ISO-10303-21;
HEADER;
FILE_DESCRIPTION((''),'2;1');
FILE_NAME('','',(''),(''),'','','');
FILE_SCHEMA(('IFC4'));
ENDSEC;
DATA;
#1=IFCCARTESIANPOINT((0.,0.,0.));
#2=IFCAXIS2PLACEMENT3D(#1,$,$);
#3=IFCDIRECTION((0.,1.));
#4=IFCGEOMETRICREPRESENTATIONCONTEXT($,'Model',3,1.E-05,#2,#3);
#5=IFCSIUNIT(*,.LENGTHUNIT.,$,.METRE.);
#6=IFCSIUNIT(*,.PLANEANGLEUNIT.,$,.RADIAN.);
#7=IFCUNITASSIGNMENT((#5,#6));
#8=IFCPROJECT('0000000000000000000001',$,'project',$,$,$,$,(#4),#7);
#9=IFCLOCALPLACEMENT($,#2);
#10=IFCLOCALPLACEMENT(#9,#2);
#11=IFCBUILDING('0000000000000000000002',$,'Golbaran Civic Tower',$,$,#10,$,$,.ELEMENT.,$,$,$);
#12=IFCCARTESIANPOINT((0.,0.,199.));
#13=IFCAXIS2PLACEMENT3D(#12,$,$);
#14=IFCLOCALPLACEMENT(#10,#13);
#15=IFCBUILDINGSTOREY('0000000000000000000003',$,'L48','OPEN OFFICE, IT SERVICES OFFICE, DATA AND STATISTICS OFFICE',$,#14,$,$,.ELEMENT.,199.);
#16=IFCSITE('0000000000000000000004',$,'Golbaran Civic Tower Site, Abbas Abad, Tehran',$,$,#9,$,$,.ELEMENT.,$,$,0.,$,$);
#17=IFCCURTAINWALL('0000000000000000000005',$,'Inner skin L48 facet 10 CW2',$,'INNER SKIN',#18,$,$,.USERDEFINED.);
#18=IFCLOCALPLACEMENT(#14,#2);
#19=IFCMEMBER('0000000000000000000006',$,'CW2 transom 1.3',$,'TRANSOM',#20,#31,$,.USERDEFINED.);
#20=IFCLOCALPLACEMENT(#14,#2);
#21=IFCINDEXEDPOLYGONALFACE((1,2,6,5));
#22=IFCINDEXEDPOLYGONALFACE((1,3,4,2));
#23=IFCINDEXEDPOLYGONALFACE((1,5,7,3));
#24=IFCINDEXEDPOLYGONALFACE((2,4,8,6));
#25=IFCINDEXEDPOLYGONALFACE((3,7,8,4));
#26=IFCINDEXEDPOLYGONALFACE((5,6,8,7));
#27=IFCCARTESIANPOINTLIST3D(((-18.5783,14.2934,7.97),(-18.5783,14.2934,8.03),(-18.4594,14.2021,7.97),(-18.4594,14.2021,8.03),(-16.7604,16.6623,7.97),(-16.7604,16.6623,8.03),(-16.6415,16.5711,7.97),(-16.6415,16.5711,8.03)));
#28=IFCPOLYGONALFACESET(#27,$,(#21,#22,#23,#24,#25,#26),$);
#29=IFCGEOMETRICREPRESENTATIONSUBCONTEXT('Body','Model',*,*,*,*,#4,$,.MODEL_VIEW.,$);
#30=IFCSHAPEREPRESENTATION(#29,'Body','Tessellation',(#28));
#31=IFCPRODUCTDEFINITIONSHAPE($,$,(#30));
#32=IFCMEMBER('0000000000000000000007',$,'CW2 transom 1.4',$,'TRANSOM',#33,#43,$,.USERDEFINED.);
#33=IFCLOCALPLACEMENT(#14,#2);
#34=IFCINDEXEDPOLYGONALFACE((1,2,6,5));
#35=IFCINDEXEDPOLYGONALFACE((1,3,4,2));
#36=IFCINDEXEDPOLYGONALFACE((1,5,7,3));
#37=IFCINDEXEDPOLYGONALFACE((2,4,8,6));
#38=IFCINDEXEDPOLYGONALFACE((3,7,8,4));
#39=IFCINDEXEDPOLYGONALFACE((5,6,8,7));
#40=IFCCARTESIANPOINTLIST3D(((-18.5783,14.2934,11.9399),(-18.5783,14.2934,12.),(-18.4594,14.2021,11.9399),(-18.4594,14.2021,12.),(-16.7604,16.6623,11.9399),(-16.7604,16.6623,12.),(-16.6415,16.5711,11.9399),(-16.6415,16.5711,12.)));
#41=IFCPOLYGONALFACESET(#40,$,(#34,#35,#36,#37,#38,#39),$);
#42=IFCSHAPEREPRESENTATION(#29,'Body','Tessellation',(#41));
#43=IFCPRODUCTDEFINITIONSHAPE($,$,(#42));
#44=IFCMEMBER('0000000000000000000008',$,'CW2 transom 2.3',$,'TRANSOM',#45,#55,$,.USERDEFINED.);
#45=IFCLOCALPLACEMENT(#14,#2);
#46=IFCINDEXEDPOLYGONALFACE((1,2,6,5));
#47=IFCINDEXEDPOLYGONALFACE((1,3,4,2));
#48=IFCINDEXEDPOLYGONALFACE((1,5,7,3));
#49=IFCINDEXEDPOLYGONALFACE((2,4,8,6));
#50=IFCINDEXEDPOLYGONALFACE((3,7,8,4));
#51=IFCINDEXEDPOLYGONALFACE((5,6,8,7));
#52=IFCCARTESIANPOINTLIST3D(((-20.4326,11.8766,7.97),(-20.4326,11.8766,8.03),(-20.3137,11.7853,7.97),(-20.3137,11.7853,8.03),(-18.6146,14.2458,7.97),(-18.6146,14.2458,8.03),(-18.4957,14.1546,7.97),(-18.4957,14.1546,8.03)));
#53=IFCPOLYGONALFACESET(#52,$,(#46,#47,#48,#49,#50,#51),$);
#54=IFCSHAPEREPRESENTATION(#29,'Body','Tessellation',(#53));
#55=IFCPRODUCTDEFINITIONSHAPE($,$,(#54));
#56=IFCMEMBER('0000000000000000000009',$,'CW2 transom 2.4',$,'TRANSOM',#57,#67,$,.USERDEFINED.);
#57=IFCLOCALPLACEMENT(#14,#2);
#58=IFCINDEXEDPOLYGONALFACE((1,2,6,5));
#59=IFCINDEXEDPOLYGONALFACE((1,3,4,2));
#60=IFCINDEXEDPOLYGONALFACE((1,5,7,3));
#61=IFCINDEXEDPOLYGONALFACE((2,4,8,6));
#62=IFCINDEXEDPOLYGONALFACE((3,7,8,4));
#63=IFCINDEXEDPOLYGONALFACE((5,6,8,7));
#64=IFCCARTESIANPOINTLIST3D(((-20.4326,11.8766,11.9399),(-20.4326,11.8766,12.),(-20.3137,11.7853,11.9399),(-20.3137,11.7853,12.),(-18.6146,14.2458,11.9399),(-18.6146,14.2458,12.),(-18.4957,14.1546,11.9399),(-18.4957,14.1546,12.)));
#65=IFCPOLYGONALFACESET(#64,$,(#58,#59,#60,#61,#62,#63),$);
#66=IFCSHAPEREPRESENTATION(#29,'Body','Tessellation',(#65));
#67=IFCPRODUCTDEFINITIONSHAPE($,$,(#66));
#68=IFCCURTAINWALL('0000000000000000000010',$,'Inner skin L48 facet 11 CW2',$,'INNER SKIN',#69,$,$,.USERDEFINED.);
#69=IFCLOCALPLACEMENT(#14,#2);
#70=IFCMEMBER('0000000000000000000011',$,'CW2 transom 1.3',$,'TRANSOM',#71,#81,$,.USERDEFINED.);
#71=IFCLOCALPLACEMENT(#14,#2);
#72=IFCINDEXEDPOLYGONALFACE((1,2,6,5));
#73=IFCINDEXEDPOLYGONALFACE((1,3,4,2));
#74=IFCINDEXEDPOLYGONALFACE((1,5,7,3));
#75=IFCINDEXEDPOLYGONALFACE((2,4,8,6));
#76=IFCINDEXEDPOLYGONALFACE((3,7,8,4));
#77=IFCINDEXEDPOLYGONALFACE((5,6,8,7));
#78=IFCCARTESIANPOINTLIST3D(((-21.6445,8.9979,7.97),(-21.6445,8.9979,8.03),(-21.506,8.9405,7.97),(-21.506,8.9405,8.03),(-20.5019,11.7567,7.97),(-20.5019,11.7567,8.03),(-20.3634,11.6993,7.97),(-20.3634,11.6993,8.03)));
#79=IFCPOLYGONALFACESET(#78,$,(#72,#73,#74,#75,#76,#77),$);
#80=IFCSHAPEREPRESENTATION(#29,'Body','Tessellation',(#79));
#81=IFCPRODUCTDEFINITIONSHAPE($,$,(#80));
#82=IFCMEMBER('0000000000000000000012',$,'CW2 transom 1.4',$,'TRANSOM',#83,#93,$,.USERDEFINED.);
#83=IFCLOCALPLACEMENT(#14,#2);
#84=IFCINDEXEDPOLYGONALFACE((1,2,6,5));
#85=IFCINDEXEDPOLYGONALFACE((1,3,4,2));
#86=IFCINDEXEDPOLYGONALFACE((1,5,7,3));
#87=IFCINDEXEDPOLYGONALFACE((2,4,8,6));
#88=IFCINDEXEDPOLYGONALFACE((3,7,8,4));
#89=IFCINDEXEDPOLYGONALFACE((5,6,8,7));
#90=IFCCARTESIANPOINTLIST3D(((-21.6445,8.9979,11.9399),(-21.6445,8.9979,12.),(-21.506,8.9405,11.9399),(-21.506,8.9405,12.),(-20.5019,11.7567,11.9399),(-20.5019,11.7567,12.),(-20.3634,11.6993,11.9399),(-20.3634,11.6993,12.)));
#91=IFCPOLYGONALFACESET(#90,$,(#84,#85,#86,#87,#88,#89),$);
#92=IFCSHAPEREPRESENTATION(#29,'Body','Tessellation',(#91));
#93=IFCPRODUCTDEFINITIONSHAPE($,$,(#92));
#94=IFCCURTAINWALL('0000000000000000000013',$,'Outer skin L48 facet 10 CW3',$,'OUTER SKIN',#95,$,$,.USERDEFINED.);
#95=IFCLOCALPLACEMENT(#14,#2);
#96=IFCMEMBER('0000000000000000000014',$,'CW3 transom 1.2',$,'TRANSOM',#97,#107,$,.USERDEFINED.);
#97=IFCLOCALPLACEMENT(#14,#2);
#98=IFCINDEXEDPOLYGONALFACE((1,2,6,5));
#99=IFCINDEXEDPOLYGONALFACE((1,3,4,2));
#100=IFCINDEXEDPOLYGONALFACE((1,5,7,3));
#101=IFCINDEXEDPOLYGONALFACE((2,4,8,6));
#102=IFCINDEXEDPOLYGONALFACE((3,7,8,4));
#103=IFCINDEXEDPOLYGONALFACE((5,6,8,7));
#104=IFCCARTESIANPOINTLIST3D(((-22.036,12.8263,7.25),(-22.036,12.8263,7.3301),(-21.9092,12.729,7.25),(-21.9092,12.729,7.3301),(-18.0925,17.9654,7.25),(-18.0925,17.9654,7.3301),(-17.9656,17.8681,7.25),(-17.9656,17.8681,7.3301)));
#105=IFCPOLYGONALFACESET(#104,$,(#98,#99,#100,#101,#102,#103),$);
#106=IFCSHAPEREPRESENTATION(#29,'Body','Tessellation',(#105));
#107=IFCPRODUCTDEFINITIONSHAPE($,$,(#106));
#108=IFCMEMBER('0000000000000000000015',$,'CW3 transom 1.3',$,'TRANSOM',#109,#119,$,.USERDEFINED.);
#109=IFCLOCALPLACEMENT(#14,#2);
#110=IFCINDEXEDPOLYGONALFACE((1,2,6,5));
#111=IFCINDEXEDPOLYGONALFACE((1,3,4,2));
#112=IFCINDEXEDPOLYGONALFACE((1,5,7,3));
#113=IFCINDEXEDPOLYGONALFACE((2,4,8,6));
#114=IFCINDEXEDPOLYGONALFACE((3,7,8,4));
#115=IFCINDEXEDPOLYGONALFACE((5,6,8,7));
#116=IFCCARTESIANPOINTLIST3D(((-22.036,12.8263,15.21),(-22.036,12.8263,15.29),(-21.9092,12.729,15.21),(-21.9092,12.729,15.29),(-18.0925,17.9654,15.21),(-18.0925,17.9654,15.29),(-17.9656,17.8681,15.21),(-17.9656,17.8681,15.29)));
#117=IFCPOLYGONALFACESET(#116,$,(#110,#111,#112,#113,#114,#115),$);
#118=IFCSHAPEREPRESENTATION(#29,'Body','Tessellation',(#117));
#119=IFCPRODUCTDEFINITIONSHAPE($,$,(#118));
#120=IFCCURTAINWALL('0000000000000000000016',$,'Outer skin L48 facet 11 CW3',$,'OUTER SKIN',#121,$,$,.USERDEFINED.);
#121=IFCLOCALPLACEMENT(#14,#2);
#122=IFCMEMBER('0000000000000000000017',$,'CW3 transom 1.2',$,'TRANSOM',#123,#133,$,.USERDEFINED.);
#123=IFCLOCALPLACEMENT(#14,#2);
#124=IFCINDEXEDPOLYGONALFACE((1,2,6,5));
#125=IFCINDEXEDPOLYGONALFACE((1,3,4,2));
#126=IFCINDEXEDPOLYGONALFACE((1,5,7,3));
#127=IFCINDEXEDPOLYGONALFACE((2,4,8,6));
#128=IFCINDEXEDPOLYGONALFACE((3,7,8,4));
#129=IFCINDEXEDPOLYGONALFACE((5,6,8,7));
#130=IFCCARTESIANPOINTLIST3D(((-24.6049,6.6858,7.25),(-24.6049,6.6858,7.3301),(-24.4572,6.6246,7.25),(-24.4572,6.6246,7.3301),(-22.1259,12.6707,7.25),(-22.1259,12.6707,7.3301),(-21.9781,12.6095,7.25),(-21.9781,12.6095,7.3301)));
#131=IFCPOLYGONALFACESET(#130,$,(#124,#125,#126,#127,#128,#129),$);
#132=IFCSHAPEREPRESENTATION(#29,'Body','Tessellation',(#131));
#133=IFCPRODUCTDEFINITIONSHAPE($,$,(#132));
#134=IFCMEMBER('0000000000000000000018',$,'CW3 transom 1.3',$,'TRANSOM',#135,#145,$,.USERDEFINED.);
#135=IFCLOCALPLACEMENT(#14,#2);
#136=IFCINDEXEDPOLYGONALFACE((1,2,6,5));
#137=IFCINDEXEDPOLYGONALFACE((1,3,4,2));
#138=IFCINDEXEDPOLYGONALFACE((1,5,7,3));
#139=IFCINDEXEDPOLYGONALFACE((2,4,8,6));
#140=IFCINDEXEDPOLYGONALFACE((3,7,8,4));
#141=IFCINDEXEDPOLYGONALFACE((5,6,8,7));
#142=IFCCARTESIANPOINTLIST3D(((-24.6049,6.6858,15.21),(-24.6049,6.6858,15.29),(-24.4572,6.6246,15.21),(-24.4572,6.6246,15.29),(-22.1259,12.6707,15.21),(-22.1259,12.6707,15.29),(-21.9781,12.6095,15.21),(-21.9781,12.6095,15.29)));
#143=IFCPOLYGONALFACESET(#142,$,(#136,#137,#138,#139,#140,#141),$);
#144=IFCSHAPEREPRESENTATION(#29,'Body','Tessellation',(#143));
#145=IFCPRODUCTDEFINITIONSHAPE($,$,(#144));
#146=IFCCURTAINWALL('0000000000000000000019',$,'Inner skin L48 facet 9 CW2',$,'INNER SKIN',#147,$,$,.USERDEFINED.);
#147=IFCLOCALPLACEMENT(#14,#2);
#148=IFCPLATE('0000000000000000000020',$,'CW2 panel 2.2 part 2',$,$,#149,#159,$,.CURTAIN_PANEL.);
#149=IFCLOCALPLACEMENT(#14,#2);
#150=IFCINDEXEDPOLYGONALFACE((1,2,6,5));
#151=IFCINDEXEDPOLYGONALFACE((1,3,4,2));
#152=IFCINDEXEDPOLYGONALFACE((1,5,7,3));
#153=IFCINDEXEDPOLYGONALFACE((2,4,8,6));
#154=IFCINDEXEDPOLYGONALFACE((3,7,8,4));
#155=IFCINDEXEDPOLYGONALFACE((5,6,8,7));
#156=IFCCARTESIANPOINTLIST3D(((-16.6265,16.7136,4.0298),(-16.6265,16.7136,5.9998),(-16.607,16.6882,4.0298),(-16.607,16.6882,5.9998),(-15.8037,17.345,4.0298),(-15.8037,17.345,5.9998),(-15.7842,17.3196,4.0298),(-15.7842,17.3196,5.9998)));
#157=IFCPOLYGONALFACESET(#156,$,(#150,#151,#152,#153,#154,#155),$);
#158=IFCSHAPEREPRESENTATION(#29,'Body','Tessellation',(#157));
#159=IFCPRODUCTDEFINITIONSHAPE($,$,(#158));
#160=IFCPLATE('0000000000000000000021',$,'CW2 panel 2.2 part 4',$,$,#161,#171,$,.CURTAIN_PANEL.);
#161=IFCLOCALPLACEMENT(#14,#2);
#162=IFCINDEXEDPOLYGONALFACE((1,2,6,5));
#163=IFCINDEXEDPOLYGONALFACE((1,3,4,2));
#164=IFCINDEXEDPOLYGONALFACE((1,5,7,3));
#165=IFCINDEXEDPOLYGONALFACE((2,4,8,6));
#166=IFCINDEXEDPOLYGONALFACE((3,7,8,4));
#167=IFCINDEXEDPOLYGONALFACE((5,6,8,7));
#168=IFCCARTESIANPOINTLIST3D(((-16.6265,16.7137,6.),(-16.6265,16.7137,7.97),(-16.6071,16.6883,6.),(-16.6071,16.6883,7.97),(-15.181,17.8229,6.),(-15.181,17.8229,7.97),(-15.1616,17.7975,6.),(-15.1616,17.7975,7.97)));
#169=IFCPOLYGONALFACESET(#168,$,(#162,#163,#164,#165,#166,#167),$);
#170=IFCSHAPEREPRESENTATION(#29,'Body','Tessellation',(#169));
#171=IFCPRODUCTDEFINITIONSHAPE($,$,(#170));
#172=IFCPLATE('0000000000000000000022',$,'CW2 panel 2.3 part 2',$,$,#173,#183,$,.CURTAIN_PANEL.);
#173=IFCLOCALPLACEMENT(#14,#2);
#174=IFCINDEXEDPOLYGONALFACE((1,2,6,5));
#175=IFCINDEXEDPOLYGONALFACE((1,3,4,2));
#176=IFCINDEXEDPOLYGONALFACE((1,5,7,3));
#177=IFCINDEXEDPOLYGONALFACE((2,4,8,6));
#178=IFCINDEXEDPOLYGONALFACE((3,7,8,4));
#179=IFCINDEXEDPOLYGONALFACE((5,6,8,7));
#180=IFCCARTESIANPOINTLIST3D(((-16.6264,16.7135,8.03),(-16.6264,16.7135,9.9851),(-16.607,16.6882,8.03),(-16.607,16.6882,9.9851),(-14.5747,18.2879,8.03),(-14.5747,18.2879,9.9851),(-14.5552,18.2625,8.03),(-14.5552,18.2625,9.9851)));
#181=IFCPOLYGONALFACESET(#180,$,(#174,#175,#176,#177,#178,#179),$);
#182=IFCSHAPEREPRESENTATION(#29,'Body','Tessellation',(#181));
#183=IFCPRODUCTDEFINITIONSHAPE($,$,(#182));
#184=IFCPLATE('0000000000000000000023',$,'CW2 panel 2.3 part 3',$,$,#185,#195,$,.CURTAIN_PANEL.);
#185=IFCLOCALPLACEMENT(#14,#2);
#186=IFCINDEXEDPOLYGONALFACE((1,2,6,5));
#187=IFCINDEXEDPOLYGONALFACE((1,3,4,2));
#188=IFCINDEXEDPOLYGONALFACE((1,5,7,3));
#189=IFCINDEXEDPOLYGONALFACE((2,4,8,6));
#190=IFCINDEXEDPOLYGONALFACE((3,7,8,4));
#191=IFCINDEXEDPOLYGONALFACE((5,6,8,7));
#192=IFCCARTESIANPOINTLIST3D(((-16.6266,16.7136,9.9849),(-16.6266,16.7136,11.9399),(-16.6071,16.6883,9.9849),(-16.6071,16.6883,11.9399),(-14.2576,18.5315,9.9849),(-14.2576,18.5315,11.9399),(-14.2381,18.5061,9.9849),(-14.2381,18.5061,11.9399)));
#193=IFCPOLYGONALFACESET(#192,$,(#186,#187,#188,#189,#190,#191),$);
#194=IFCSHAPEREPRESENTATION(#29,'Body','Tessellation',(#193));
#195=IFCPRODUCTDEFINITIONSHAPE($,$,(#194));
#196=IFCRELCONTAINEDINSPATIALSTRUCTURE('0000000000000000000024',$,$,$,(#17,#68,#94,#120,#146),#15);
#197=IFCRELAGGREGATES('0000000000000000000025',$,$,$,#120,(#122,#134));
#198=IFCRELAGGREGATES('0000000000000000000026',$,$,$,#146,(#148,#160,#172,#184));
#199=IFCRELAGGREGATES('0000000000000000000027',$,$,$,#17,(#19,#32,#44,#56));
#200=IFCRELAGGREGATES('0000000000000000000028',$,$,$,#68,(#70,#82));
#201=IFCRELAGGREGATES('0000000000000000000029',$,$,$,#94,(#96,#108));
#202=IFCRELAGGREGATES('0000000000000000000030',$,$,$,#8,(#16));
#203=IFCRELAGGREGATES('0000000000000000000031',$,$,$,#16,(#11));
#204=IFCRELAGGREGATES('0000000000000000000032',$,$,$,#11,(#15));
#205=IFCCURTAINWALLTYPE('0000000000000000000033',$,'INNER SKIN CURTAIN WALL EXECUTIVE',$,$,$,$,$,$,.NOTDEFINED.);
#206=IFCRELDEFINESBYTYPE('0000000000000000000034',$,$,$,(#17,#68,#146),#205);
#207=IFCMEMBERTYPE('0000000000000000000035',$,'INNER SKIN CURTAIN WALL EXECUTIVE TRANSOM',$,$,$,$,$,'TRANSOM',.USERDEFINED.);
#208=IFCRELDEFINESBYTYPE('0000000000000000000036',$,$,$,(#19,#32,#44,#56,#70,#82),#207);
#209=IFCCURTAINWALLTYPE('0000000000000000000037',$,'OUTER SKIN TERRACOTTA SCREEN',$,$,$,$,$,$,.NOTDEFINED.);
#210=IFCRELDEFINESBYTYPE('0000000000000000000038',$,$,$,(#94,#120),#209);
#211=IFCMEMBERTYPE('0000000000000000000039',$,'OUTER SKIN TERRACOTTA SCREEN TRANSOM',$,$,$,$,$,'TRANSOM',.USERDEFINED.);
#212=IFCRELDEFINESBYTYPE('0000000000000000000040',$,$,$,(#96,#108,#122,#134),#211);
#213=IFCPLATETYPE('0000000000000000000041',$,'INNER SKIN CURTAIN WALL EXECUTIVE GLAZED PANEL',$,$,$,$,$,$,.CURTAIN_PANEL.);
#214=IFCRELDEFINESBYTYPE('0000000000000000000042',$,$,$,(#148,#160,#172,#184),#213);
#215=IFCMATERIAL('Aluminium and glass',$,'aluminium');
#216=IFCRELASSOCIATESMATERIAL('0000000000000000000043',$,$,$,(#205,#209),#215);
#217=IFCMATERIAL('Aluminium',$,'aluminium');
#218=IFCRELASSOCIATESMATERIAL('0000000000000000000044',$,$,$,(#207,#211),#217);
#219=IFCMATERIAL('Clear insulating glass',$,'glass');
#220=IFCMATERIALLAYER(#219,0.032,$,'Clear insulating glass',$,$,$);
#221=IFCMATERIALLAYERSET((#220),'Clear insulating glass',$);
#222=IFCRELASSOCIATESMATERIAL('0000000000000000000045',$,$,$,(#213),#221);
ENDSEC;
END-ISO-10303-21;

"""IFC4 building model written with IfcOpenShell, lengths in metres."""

from ifc_helpers import new_model, si_unit, direction, frame, origin, origin_2d, place, context, subcontext, project, spatial, rectangle, extrude, material, layer, layer_set, material_profile, profile_set, type_object, element, aggregate, save


model = new_model("IFC4")

# Units and contexts
model_context = context("Model", 3, precision=1e-05, world=origin(), true_north=direction((0.0, 1.0)))
body_context = subcontext(model_context, "Body", "Model", "MODEL_VIEW")
ifc_project = project(units=[si_unit("LENGTHUNIT", "METRE"), si_unit("PLANEANGLEUNIT", "RADIAN")], contexts=[model_context])

# Site, building, storey
site_placement = place(None, origin())
site = spatial("IfcSite", under=ifc_project, at=site_placement, Name="Golbaran Civic Tower Site, Abbas Abad, Tehran", CompositionType="ELEMENT", RefElevation=0.0)
building_placement = place(site_placement, origin())
building = spatial("IfcBuilding", under=site, at=building_placement, Name="Golbaran Civic Tower", CompositionType="ELEMENT")
storey_placement = place(building_placement, frame((0.0, 0.0, 199.0)))
storey = spatial("IfcBuildingStorey", under=building, at=storey_placement, Name="L48", Description="OPEN OFFICE, IT SERVICES OFFICE, DATA AND STATISTICS OFFICE", CompositionType="ELEMENT", Elevation=199.0)

# Curtain walls, members
ifc_material_1 = material(Name="Aluminium and glass", Category="aluminium")
curtain_wall_type_1 = type_object("IfcCurtainWallType", Name="INNER SKIN CURTAIN WALL EXECUTIVE", PredefinedType="NOTDEFINED", material=ifc_material_1)
curtain_wall_1_placement = place(storey_placement, origin())
curtain_wall_1 = element("IfcCurtainWall", 1, at=curtain_wall_1_placement, inside=storey, type_object=curtain_wall_type_1, Name="Inner skin L48 facet 10 CW2", ObjectType="INNER SKIN", PredefinedType="USERDEFINED")
ifc_material_2 = material(Name="Aluminium", Category="aluminium")
ifc_material_profile_1 = material_profile(ifc_material_2, rectangle(XDim=0.1499, YDim=0.0601, at=origin_2d()), Name="INNER SKIN CURTAIN WALL EXECUTIVE TRANSOM")
ifc_profile_set_1 = profile_set([ifc_material_profile_1], Name="Aluminium")
member_type_1 = type_object("IfcMemberType", Name="INNER SKIN CURTAIN WALL EXECUTIVE TRANSOM", ElementType="TRANSOM", PredefinedType="USERDEFINED", material=ifc_profile_set_1)
member_1_placement = place(storey_placement, frame((-16.7009, 16.6167, 8.0), z_axis=(-0.608794, -0.793329, 0.0), x_axis=(0.793329, -0.608794, 0.0)))
member_1 = element("IfcMember", 2, at=member_1_placement, type_object=member_type_1, Name="CW2 transom 1.3", ObjectType="TRANSOM", PredefinedType="USERDEFINED", context=body_context, shape_type="SweptSolid", body=[
    extrude(rectangle(XDim=0.1499, YDim=0.0601, at=origin_2d()), origin(), (0.0, 0.0, 1.0), 2.9861),
])
member_2_placement = place(storey_placement, frame((-16.7009, 16.6167, 11.97), z_axis=(-0.608794, -0.793329, 0.0), x_axis=(0.793329, -0.608794, 0.0)))
member_2 = element("IfcMember", 3, at=member_2_placement, type_object=member_type_1, Name="CW2 transom 1.4", ObjectType="TRANSOM", PredefinedType="USERDEFINED", context=body_context, shape_type="SweptSolid", body=[
    extrude(rectangle(XDim=0.1499, YDim=0.0601, at=origin_2d()), origin(), (0.0, 0.0, 1.0), 2.9861),
])
member_3_placement = place(storey_placement, frame((-18.5552, 14.2002, 8.0), z_axis=(-0.608754, -0.793359, 0.0), x_axis=(0.793359, -0.608754, 0.0)))
member_3 = element("IfcMember", 4, at=member_3_placement, type_object=member_type_1, Name="CW2 transom 2.3", ObjectType="TRANSOM", PredefinedType="USERDEFINED", context=body_context, shape_type="SweptSolid", body=[
    extrude(rectangle(XDim=0.1499, YDim=0.0601, at=origin_2d()), origin(), (0.0, 0.0, 1.0), 2.9863),
])
member_4_placement = place(storey_placement, frame((-18.5552, 14.2002, 11.97), z_axis=(-0.608754, -0.793359, 0.0), x_axis=(0.793359, -0.608754, 0.0)))
member_4 = element("IfcMember", 5, at=member_4_placement, type_object=member_type_1, Name="CW2 transom 2.4", ObjectType="TRANSOM", PredefinedType="USERDEFINED", context=body_context, shape_type="SweptSolid", body=[
    extrude(rectangle(XDim=0.1499, YDim=0.0601, at=origin_2d()), origin(), (0.0, 0.0, 1.0), 2.9863),
])
curtain_wall_2_placement = place(storey_placement, origin())
curtain_wall_2 = element("IfcCurtainWall", 6, at=curtain_wall_2_placement, inside=storey, type_object=curtain_wall_type_1, Name="Inner skin L48 facet 11 CW2", ObjectType="INNER SKIN", PredefinedType="USERDEFINED")
member_5_placement = place(storey_placement, frame((-20.4326, 11.728, 8.0), z_axis=(-0.382641, -0.923897, 0.0), x_axis=(0.923897, -0.382641, 0.0)))
member_5 = element("IfcMember", 7, at=member_5_placement, type_object=member_type_1, Name="CW2 transom 1.3", ObjectType="TRANSOM", PredefinedType="USERDEFINED", context=body_context, shape_type="SweptSolid", body=[
    extrude(rectangle(XDim=0.1499, YDim=0.0601, at=origin_2d()), origin(), (0.0, 0.0, 1.0), 2.9861),
])
member_6_placement = place(storey_placement, frame((-20.4326, 11.728, 11.97), z_axis=(-0.382641, -0.923897, 0.0), x_axis=(0.923897, -0.382641, 0.0)))
member_6 = element("IfcMember", 8, at=member_6_placement, type_object=member_type_1, Name="CW2 transom 1.4", ObjectType="TRANSOM", PredefinedType="USERDEFINED", context=body_context, shape_type="SweptSolid", body=[
    extrude(rectangle(XDim=0.1499, YDim=0.0601, at=origin_2d()), origin(), (0.0, 0.0, 1.0), 2.9861),
])
curtain_wall_type_2 = type_object("IfcCurtainWallType", Name="OUTER SKIN TERRACOTTA SCREEN", PredefinedType="NOTDEFINED", material=ifc_material_1)
curtain_wall_3_placement = place(storey_placement, origin())
curtain_wall_3 = element("IfcCurtainWall", 9, at=curtain_wall_3_placement, inside=storey, type_object=curtain_wall_type_2, Name="Outer skin L48 facet 10 CW3", ObjectType="OUTER SKIN", PredefinedType="USERDEFINED")
ifc_material_profile_2 = material_profile(ifc_material_2, rectangle(XDim=0.1599, YDim=0.0801, at=origin_2d()), Name="OUTER SKIN TERRACOTTA SCREEN TRANSOM")
ifc_profile_set_2 = profile_set([ifc_material_profile_2], Name="Aluminium")
member_type_2 = type_object("IfcMemberType", Name="OUTER SKIN TERRACOTTA SCREEN TRANSOM", ElementType="TRANSOM", PredefinedType="USERDEFINED", material=ifc_profile_set_2)
member_7_placement = place(storey_placement, frame((-18.0291, 17.9167, 7.29), z_axis=(-0.60878, -0.793339, 0.0), x_axis=(0.793339, -0.60878, 0.0)))
member_7 = element("IfcMember", 10, at=member_7_placement, type_object=member_type_2, Name="CW3 transom 1.2", ObjectType="TRANSOM", PredefinedType="USERDEFINED", context=body_context, shape_type="SweptSolid", body=[
    extrude(rectangle(XDim=0.1599, YDim=0.0801, at=origin_2d()), origin(), (0.0, 0.0, 1.0), 6.4778),
])
member_8_placement = place(storey_placement, frame((-18.0291, 17.9167, 15.25), z_axis=(-0.60878, -0.793339, 0.0), x_axis=(0.793339, -0.60878, 0.0)))
member_8 = element("IfcMember", 11, at=member_8_placement, type_object=member_type_2, Name="CW3 transom 1.3", ObjectType="TRANSOM", PredefinedType="USERDEFINED", context=body_context, shape_type="SweptSolid", body=[
    extrude(rectangle(XDim=0.1599, YDim=0.0801, at=origin_2d()), origin(), (0.0, 0.0, 1.0), 6.4778),
])
curtain_wall_4_placement = place(storey_placement, origin())
curtain_wall_4 = element("IfcCurtainWall", 12, at=curtain_wall_4_placement, inside=storey, type_object=curtain_wall_type_2, Name="Outer skin L48 facet 11 CW3", ObjectType="OUTER SKIN", PredefinedType="USERDEFINED")
member_9_placement = place(storey_placement, frame((-22.052, 12.6401, 7.29), z_axis=(-0.382682, -0.92388, 0.0), x_axis=(0.92388, -0.382682, 0.0)))
member_9 = element("IfcMember", 13, at=member_9_placement, type_object=member_type_2, Name="CW3 transom 1.2", ObjectType="TRANSOM", PredefinedType="USERDEFINED", context=body_context, shape_type="SweptSolid", body=[
    extrude(rectangle(XDim=0.1599, YDim=0.0801, at=origin_2d()), origin(), (0.0, 0.0, 1.0), 6.478),
])
member_10_placement = place(storey_placement, frame((-22.052, 12.6401, 15.25), z_axis=(-0.382682, -0.92388, 0.0), x_axis=(0.92388, -0.382682, 0.0)))
member_10 = element("IfcMember", 14, at=member_10_placement, type_object=member_type_2, Name="CW3 transom 1.3", ObjectType="TRANSOM", PredefinedType="USERDEFINED", context=body_context, shape_type="SweptSolid", body=[
    extrude(rectangle(XDim=0.1599, YDim=0.0801, at=origin_2d()), origin(), (0.0, 0.0, 1.0), 6.478),
])
aggregate(curtain_wall_4, [member_9, member_10])

# Curtain wall, plates
curtain_wall_5_placement = place(storey_placement, origin())
curtain_wall_5 = element("IfcCurtainWall", 15, at=curtain_wall_5_placement, inside=storey, type_object=curtain_wall_type_1, Name="Inner skin L48 facet 9 CW2", ObjectType="INNER SKIN", PredefinedType="USERDEFINED")
ifc_material_3 = material(Name="Clear insulating glass", Category="glass")
ifc_layer_1 = layer(ifc_material_3, 0.032, Name="Clear insulating glass")
ifc_layer_set_1 = layer_set([ifc_layer_1], Name="Clear insulating glass")
plate_type_1 = type_object("IfcPlateType", Name="INNER SKIN CURTAIN WALL EXECUTIVE GLAZED PANEL", PredefinedType="CURTAIN_PANEL", material=ifc_layer_set_1)
plate_1_placement = place(storey_placement, frame((-16.2053, 17.0166, 4.0298), z_axis=(0.0, 0.0, 1.0), x_axis=(-0.793353, -0.608761, 0.0)))
plate_1 = element("IfcPlate", 16, at=plate_1_placement, type_object=plate_type_1, Name="CW2 panel 2.2 part 2", PredefinedType="CURTAIN_PANEL", context=body_context, shape_type="SweptSolid", body=[
    extrude(rectangle(XDim=1.0371, YDim=0.032, at=origin_2d()), origin(), (0.0, 0.0, 1.0), 1.97),
])
plate_2_placement = place(storey_placement, frame((-15.894, 17.2556, 6.0), z_axis=(0.0, 0.0, 1.0), x_axis=(-0.793353, -0.608761, 0.0)))
plate_2 = element("IfcPlate", 17, at=plate_2_placement, type_object=plate_type_1, Name="CW2 panel 2.2 part 4", PredefinedType="CURTAIN_PANEL", context=body_context, shape_type="SweptSolid", body=[
    extrude(rectangle(XDim=1.822, YDim=0.032, at=origin_2d()), origin(), (0.0, 0.0, 1.0), 1.97),
])
plate_3_placement = place(storey_placement, frame((-15.5908, 17.488, 8.03), z_axis=(0.0, 0.0, 1.0), x_axis=(-0.793353, -0.608761, 0.0)))
plate_3 = element("IfcPlate", 18, at=plate_3_placement, type_object=plate_type_1, Name="CW2 panel 2.3 part 2", PredefinedType="CURTAIN_PANEL", context=body_context, shape_type="SweptSolid", body=[
    extrude(rectangle(XDim=2.5862, YDim=0.032, at=origin_2d()), origin(), (0.0, 0.0, 1.0), 1.9551),
])
plate_4_placement = place(storey_placement, frame((-15.4324, 17.6099, 9.9849), z_axis=(0.0, 0.0, 1.0), x_axis=(-0.793353, -0.608761, 0.0)))
plate_4 = element("IfcPlate", 19, at=plate_4_placement, type_object=plate_type_1, Name="CW2 panel 2.3 part 3", PredefinedType="CURTAIN_PANEL", context=body_context, shape_type="SweptSolid", body=[
    extrude(rectangle(XDim=2.9861, YDim=0.032, at=origin_2d()), origin(), (0.0, 0.0, 1.0), 1.9551),
])
aggregate(curtain_wall_5, [plate_1, plate_2, plate_3, plate_4])

aggregate(curtain_wall_1, [member_1, member_2, member_3, member_4])
aggregate(curtain_wall_2, [member_5, member_6])
aggregate(curtain_wall_3, [member_7, member_8])

save(model, "model.ifc")
